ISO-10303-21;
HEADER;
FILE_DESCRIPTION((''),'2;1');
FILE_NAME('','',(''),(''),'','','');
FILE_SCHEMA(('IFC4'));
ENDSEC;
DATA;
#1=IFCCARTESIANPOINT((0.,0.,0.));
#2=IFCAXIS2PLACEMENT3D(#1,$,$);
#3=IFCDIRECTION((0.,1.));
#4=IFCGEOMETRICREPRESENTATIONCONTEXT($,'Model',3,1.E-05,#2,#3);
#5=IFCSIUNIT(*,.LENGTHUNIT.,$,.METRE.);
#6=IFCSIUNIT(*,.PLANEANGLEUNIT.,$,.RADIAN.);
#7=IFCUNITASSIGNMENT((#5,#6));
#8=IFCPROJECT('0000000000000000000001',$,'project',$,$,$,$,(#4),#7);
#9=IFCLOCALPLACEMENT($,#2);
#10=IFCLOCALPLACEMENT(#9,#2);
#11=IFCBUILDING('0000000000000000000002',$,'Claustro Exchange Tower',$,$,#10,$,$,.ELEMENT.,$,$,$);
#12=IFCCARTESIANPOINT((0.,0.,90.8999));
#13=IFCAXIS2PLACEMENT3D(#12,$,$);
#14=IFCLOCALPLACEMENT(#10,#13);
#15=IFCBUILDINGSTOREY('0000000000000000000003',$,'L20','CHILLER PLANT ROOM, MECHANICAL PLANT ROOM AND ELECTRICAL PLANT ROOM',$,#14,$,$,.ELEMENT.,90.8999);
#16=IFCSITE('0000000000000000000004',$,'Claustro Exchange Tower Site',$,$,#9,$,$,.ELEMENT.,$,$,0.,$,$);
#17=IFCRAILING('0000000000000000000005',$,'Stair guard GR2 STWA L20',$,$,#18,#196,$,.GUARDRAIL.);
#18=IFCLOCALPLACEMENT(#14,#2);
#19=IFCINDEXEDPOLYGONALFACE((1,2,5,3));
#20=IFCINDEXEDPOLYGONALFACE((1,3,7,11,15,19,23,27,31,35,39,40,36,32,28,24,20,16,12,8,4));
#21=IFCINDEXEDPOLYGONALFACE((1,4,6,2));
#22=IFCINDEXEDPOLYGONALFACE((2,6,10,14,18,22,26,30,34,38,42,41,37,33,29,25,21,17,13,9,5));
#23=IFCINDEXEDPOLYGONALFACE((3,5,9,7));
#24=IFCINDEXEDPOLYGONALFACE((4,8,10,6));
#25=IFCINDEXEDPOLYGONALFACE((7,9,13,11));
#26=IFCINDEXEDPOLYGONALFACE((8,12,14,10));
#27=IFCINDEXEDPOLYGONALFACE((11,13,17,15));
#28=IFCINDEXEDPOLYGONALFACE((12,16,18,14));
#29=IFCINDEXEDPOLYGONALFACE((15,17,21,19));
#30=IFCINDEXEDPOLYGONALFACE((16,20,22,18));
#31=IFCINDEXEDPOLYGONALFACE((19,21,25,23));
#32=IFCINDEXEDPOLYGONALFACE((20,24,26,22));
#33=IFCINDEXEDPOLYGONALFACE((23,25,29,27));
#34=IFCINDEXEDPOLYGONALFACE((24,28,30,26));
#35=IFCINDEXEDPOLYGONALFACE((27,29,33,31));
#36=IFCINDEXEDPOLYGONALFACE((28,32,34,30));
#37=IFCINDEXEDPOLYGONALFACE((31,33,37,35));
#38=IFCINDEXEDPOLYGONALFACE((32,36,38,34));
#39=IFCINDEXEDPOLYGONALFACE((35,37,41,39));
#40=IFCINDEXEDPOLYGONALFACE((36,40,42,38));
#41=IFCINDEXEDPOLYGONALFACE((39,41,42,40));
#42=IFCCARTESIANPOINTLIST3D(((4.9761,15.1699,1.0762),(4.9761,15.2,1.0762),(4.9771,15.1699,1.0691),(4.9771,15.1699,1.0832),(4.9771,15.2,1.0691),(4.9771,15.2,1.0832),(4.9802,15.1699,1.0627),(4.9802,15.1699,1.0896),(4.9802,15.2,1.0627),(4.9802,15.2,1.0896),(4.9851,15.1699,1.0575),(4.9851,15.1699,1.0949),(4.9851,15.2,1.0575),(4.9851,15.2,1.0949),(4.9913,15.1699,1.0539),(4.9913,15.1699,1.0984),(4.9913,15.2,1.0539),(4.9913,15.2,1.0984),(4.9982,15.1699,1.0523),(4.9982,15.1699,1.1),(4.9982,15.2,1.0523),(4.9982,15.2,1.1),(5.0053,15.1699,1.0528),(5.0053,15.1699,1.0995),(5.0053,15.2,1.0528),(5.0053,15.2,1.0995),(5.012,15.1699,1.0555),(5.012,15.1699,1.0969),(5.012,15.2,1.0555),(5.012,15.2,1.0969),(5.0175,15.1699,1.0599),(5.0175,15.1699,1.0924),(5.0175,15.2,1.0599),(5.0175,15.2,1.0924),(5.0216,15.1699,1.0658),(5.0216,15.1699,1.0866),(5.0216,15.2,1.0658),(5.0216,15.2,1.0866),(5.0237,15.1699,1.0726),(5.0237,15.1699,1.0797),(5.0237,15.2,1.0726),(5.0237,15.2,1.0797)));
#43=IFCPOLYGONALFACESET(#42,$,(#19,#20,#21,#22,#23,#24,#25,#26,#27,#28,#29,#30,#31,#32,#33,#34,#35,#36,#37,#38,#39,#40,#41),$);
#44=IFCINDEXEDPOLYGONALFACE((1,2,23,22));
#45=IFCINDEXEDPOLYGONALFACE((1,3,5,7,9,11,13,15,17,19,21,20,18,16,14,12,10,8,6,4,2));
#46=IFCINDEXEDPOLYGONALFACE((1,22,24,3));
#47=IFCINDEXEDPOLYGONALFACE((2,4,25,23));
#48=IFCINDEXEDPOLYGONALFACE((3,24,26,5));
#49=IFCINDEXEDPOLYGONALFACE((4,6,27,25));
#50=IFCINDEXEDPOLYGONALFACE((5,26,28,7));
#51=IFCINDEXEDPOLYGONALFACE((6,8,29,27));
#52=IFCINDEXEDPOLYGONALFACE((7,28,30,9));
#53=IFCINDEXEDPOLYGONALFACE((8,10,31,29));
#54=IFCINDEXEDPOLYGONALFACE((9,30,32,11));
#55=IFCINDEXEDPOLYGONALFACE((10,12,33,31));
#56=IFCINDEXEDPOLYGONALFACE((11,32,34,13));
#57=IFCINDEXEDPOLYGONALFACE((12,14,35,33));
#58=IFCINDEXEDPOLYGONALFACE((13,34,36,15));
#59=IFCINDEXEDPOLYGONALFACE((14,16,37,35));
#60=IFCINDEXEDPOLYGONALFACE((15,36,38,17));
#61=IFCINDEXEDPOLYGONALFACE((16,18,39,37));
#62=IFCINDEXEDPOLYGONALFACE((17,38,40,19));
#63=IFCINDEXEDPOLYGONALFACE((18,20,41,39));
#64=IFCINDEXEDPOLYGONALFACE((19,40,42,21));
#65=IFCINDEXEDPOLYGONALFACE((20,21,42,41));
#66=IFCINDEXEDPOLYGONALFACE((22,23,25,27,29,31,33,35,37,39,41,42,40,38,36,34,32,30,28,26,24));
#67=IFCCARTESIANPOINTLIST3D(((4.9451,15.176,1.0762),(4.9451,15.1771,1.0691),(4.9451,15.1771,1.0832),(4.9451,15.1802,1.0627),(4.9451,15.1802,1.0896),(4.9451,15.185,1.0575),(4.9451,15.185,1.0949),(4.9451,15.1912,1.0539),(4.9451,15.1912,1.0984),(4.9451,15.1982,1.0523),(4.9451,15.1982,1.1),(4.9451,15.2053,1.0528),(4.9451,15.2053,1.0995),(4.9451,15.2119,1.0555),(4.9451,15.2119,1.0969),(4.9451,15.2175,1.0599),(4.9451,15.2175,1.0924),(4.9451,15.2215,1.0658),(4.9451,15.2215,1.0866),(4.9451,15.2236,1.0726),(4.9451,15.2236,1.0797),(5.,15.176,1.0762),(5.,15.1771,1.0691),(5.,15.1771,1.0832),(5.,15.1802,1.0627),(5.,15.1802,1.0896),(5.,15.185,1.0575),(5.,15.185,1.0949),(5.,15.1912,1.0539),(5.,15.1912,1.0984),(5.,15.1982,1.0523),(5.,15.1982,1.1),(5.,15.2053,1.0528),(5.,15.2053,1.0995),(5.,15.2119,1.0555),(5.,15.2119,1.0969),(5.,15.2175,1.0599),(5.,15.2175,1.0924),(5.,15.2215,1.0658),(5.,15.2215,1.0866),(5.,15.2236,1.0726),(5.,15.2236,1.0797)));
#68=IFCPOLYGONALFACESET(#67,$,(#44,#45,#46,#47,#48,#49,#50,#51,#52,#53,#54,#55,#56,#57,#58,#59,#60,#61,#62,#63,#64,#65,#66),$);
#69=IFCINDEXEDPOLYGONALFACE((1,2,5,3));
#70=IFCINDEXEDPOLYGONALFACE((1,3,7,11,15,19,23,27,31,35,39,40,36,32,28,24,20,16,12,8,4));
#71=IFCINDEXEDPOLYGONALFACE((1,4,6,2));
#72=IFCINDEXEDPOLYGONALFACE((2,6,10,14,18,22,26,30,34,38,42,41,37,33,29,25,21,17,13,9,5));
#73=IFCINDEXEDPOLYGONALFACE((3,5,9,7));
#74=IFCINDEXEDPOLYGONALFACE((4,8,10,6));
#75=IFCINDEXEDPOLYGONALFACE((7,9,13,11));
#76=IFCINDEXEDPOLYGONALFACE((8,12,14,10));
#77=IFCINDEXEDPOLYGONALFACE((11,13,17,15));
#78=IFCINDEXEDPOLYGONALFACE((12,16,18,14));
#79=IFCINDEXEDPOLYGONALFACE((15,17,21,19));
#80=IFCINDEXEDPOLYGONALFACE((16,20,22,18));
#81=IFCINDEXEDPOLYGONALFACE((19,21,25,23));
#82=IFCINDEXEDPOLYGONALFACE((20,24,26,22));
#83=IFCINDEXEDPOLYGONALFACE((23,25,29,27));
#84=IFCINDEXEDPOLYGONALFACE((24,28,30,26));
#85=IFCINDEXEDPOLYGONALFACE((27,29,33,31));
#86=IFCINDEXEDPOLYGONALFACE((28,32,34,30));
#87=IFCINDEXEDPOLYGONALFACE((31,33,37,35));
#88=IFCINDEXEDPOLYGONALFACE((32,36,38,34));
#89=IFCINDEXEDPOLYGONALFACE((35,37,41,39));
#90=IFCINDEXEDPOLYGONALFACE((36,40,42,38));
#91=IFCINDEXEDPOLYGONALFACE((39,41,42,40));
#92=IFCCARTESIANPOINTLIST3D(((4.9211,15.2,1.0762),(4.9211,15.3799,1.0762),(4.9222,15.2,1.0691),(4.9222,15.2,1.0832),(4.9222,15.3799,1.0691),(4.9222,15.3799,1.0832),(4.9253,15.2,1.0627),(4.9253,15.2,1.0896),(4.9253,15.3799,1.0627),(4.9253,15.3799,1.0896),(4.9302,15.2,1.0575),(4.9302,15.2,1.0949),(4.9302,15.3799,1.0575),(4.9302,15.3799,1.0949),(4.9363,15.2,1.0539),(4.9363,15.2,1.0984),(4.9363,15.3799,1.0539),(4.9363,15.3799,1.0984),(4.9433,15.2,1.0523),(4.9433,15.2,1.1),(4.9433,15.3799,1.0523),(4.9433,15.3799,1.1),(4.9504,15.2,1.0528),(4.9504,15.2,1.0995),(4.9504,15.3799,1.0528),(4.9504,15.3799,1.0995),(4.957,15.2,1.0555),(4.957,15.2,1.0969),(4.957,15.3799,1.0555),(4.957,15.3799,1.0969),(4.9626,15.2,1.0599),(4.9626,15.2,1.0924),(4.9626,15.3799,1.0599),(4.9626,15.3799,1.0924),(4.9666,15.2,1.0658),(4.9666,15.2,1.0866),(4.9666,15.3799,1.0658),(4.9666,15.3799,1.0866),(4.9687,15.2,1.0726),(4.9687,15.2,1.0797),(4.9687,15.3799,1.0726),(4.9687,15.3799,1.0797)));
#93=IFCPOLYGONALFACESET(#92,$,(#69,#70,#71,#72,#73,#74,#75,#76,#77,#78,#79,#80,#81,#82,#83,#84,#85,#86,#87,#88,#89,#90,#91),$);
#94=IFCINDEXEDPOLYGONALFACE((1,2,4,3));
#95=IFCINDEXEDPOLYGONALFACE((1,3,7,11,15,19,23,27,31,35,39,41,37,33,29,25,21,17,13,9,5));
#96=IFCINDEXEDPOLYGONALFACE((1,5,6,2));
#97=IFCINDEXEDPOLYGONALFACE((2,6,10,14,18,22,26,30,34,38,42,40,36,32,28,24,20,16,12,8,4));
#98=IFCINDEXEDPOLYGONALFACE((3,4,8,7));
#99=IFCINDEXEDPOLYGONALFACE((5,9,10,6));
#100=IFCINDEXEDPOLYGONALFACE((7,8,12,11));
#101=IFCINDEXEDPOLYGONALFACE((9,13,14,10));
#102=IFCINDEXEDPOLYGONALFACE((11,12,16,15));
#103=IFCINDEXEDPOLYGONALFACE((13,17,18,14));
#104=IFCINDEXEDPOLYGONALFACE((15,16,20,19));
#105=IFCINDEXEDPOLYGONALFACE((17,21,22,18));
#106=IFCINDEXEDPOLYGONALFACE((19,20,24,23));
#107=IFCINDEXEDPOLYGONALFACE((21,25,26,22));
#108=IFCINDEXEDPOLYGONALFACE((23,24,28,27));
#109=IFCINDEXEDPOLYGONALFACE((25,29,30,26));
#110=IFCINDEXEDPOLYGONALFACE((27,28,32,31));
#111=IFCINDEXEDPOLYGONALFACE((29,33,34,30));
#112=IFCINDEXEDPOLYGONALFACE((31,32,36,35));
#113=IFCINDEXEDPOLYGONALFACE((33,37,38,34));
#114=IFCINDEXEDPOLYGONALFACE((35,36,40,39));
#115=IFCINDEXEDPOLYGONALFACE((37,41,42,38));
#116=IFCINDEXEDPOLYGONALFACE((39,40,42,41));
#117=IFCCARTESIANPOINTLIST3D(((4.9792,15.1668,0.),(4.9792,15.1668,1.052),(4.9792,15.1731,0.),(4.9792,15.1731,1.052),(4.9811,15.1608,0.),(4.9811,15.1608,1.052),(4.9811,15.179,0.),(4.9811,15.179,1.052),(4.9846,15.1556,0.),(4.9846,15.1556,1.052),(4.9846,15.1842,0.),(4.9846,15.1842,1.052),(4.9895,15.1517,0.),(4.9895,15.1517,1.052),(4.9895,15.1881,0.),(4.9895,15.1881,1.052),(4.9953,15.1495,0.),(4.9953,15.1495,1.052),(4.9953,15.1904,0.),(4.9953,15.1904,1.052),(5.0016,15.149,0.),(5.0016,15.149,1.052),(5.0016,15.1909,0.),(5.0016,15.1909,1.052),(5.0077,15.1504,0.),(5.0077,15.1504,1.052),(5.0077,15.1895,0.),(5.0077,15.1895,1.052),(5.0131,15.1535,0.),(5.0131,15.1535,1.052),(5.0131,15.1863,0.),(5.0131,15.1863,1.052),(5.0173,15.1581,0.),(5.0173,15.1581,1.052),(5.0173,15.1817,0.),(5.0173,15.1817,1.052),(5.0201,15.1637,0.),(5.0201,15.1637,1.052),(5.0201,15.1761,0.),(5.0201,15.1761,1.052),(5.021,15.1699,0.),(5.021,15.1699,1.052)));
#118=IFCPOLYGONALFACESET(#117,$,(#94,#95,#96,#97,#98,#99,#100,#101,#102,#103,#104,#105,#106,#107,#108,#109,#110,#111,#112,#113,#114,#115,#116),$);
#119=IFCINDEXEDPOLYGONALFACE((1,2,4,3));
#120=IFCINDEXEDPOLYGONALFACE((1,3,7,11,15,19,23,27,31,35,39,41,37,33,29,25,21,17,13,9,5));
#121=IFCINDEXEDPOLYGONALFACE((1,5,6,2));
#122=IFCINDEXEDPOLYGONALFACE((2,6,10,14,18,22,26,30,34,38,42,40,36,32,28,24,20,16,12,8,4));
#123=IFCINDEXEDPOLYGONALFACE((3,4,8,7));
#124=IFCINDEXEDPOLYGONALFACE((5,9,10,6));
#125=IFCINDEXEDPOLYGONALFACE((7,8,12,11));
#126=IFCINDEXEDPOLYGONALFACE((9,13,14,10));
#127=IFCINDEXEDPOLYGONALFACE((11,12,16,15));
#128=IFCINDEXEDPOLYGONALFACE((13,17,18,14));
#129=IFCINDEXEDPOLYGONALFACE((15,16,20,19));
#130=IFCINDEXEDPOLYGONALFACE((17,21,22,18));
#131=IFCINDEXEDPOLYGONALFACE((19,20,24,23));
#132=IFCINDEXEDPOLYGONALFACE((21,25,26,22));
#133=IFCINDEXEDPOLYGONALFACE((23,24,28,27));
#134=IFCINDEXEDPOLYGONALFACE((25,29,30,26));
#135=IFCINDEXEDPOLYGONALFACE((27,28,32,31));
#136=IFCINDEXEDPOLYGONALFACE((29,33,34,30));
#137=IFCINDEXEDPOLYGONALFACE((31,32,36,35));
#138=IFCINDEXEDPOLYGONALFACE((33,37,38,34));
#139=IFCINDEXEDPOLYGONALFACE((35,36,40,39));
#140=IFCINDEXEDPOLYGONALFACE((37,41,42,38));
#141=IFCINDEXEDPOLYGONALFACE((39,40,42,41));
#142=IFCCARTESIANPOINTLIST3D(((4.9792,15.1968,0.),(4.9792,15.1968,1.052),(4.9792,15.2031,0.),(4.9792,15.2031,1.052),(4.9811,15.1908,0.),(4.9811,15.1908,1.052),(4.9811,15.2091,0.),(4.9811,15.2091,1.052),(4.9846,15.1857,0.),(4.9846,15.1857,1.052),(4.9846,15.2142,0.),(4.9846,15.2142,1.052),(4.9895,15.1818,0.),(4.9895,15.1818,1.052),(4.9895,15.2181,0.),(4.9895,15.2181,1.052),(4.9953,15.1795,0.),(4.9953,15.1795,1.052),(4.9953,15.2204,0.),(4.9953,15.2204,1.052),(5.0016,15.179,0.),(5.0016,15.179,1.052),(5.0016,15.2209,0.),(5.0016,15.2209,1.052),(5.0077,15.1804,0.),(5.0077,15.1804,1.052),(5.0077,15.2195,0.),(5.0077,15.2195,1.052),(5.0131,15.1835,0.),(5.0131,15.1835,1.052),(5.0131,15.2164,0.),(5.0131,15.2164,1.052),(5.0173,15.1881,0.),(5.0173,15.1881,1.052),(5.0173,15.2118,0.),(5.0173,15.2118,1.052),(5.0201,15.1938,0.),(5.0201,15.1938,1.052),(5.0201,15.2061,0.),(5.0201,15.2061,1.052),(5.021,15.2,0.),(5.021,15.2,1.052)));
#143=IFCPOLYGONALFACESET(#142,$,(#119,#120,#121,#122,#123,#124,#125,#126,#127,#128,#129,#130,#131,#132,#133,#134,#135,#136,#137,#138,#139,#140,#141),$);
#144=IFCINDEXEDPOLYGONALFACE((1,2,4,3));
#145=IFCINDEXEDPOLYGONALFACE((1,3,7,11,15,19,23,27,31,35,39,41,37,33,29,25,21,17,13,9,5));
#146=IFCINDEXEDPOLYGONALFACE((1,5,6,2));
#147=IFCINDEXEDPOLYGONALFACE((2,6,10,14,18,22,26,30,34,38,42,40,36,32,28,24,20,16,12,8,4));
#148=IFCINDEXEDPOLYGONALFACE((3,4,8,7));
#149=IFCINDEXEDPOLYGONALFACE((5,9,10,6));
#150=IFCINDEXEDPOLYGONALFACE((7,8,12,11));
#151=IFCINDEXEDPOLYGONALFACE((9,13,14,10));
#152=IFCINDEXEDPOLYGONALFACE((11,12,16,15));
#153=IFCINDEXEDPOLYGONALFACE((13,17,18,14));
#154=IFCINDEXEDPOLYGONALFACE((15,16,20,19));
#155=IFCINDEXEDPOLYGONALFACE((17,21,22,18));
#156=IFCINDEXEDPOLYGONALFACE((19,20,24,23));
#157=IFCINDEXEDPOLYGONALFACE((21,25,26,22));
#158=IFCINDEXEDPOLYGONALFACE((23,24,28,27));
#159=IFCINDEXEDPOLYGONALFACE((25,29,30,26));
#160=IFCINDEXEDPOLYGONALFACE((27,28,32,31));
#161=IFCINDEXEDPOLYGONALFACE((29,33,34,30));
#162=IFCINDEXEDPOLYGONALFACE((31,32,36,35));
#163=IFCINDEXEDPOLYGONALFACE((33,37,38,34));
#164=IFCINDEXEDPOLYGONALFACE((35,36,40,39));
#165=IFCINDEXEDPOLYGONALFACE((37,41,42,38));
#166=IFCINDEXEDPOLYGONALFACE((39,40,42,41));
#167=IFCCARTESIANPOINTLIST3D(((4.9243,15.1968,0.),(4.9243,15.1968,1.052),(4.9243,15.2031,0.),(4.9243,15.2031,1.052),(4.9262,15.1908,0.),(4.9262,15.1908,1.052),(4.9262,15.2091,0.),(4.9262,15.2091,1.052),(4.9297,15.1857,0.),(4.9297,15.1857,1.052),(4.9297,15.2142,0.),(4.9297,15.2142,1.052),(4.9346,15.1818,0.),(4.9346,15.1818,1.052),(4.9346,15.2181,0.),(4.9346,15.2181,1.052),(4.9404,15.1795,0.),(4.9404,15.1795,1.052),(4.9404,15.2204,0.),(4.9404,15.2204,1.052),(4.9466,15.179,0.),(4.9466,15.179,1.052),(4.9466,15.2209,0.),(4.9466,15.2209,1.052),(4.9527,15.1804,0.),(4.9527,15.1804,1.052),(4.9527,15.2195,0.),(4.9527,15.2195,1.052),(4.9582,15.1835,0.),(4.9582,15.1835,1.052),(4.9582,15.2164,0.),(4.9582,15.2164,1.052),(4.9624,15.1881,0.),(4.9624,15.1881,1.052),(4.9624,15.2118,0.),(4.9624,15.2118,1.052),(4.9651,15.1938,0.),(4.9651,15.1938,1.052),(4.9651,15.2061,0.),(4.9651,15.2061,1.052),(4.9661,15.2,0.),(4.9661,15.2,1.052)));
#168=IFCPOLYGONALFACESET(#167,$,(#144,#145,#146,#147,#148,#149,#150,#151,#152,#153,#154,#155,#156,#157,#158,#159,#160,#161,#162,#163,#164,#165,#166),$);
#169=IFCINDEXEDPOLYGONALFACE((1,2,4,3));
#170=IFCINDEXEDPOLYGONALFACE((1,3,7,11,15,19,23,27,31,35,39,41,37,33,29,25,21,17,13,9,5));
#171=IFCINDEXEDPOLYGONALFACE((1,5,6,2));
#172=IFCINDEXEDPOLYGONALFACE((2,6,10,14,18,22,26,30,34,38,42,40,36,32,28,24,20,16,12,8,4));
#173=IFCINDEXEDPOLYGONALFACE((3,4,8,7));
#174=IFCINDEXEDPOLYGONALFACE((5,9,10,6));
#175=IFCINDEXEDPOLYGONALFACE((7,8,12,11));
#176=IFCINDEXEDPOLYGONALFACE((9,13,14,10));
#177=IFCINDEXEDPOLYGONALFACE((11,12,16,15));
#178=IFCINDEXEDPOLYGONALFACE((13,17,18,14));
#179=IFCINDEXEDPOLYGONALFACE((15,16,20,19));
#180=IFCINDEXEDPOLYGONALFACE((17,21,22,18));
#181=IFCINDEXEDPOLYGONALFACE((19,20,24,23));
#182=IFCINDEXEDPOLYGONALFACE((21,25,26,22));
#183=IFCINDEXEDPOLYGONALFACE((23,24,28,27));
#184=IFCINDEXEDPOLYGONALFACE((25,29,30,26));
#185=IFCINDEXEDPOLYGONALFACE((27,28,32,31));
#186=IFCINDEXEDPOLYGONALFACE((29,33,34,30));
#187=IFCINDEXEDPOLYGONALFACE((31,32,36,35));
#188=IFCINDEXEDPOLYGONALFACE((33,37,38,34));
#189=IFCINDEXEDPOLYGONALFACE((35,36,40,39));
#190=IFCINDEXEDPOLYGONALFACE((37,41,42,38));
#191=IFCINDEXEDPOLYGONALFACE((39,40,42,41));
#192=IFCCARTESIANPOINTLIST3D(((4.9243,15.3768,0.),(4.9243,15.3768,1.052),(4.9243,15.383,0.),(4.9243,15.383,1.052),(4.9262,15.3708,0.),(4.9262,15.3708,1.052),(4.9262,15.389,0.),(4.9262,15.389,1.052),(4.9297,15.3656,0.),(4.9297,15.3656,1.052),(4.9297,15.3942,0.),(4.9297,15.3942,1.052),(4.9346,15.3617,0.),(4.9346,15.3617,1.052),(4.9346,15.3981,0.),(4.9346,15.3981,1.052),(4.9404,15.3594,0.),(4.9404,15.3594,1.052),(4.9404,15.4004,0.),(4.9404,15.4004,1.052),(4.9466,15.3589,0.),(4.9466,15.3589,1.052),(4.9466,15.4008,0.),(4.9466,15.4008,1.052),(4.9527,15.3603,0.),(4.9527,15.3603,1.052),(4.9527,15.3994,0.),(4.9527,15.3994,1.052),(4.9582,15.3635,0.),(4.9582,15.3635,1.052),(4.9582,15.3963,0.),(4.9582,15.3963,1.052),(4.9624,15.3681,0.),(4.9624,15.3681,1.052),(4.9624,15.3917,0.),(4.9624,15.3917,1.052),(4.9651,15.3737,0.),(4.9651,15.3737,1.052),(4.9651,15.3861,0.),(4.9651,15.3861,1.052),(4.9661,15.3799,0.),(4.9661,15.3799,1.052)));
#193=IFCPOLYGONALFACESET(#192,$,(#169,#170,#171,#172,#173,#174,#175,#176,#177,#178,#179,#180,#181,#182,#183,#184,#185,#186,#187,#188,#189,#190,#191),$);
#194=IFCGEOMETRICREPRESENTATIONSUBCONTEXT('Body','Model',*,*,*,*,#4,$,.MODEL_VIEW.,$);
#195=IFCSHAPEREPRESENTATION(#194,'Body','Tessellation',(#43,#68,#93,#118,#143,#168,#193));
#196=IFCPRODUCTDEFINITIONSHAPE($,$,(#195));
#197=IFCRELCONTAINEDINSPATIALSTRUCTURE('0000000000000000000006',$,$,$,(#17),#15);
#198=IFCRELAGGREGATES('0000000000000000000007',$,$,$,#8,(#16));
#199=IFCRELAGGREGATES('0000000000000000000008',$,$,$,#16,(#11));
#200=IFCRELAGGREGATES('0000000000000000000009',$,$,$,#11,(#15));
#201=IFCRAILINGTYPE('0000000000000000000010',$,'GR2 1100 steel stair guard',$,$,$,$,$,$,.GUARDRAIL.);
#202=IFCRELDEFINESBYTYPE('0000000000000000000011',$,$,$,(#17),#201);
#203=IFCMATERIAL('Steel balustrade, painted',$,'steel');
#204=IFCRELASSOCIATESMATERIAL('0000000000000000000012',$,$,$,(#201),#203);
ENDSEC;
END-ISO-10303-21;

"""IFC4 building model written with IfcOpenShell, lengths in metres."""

from ifc_helpers import new_model, si_unit, direction, frame, origin, origin_2d, place, context, subcontext, project, spatial, circle, extrude, material, type_object, element, save


model = new_model("IFC4")

# Units and contexts
model_context = context("Model", 3, precision=1e-05, world=origin(), true_north=direction((0.0, 1.0)))
body_context = subcontext(model_context, "Body", "Model", "MODEL_VIEW")
ifc_project = project(units=[si_unit("LENGTHUNIT", "METRE"), si_unit("PLANEANGLEUNIT", "RADIAN")], contexts=[model_context])

# Site, building, storey
site_placement = place(None, origin())
site = spatial("IfcSite", under=ifc_project, at=site_placement, Name="Claustro Exchange Tower Site", CompositionType="ELEMENT", RefElevation=0.0)
building_placement = place(site_placement, origin())
building = spatial("IfcBuilding", under=site, at=building_placement, Name="Claustro Exchange Tower", CompositionType="ELEMENT")
storey_placement = place(building_placement, frame((0.0, 0.0, 90.8999)))
storey = spatial("IfcBuildingStorey", under=building, at=storey_placement, Name="L20", Description="CHILLER PLANT ROOM, MECHANICAL PLANT ROOM AND ELECTRICAL PLANT ROOM", CompositionType="ELEMENT", Elevation=90.8999)

# Railing
ifc_material_1 = material(Name="Steel balustrade, painted", Category="steel")
railing_type_1 = type_object("IfcRailingType", Name="GR2 1100 steel stair guard", PredefinedType="GUARDRAIL", material=ifc_material_1)
railing_1_placement = place(storey_placement, frame((5.0, 15.1699, 0.0)))
element("IfcRailing", 1, at=railing_1_placement, inside=storey, type_object=railing_type_1, Name="Stair guard GR2 STWA L20", PredefinedType="GUARDRAIL", context=body_context, shape_type="SweptSolid", body=[
    extrude(circle(Radius=0.0239, at=origin_2d()), frame((0.0, 0.0, 1.0762), z_axis=(0.0, 1.0, 0.0), x_axis=(-1.0, 0.0, 0.0)), (0.0, 0.0, 1.0), 0.03),
    extrude(circle(Radius=0.0239, at=origin_2d()), frame((0.0, 0.03, 1.0762), z_axis=(-1.0, 0.0, 0.0), x_axis=(0.0, -1.0, 0.0)), (0.0, 0.0, 1.0), 0.0549),
    extrude(circle(Radius=0.0239, at=origin_2d()), frame((-0.0549, 0.03, 1.0762), z_axis=(0.0, 1.0, 0.0), x_axis=(-1.0, 0.0, 0.0)), (0.0, 0.0, 1.0), 0.1799),
    extrude(circle(Radius=0.021, at=origin_2d()), origin(), (0.0, 0.0, 1.0), 1.052),
    extrude(circle(Radius=0.021, at=origin_2d()), frame((0.0, 0.03, 0.0)), (0.0, 0.0, 1.0), 1.052),
    extrude(circle(Radius=0.021, at=origin_2d()), frame((-0.0549, 0.03, 0.0)), (0.0, 0.0, 1.0), 1.052),
    extrude(circle(Radius=0.021, at=origin_2d()), frame((-0.0549, 0.21, 0.0)), (0.0, 0.0, 1.0), 1.052),
])

save(model, "model.ifc")
